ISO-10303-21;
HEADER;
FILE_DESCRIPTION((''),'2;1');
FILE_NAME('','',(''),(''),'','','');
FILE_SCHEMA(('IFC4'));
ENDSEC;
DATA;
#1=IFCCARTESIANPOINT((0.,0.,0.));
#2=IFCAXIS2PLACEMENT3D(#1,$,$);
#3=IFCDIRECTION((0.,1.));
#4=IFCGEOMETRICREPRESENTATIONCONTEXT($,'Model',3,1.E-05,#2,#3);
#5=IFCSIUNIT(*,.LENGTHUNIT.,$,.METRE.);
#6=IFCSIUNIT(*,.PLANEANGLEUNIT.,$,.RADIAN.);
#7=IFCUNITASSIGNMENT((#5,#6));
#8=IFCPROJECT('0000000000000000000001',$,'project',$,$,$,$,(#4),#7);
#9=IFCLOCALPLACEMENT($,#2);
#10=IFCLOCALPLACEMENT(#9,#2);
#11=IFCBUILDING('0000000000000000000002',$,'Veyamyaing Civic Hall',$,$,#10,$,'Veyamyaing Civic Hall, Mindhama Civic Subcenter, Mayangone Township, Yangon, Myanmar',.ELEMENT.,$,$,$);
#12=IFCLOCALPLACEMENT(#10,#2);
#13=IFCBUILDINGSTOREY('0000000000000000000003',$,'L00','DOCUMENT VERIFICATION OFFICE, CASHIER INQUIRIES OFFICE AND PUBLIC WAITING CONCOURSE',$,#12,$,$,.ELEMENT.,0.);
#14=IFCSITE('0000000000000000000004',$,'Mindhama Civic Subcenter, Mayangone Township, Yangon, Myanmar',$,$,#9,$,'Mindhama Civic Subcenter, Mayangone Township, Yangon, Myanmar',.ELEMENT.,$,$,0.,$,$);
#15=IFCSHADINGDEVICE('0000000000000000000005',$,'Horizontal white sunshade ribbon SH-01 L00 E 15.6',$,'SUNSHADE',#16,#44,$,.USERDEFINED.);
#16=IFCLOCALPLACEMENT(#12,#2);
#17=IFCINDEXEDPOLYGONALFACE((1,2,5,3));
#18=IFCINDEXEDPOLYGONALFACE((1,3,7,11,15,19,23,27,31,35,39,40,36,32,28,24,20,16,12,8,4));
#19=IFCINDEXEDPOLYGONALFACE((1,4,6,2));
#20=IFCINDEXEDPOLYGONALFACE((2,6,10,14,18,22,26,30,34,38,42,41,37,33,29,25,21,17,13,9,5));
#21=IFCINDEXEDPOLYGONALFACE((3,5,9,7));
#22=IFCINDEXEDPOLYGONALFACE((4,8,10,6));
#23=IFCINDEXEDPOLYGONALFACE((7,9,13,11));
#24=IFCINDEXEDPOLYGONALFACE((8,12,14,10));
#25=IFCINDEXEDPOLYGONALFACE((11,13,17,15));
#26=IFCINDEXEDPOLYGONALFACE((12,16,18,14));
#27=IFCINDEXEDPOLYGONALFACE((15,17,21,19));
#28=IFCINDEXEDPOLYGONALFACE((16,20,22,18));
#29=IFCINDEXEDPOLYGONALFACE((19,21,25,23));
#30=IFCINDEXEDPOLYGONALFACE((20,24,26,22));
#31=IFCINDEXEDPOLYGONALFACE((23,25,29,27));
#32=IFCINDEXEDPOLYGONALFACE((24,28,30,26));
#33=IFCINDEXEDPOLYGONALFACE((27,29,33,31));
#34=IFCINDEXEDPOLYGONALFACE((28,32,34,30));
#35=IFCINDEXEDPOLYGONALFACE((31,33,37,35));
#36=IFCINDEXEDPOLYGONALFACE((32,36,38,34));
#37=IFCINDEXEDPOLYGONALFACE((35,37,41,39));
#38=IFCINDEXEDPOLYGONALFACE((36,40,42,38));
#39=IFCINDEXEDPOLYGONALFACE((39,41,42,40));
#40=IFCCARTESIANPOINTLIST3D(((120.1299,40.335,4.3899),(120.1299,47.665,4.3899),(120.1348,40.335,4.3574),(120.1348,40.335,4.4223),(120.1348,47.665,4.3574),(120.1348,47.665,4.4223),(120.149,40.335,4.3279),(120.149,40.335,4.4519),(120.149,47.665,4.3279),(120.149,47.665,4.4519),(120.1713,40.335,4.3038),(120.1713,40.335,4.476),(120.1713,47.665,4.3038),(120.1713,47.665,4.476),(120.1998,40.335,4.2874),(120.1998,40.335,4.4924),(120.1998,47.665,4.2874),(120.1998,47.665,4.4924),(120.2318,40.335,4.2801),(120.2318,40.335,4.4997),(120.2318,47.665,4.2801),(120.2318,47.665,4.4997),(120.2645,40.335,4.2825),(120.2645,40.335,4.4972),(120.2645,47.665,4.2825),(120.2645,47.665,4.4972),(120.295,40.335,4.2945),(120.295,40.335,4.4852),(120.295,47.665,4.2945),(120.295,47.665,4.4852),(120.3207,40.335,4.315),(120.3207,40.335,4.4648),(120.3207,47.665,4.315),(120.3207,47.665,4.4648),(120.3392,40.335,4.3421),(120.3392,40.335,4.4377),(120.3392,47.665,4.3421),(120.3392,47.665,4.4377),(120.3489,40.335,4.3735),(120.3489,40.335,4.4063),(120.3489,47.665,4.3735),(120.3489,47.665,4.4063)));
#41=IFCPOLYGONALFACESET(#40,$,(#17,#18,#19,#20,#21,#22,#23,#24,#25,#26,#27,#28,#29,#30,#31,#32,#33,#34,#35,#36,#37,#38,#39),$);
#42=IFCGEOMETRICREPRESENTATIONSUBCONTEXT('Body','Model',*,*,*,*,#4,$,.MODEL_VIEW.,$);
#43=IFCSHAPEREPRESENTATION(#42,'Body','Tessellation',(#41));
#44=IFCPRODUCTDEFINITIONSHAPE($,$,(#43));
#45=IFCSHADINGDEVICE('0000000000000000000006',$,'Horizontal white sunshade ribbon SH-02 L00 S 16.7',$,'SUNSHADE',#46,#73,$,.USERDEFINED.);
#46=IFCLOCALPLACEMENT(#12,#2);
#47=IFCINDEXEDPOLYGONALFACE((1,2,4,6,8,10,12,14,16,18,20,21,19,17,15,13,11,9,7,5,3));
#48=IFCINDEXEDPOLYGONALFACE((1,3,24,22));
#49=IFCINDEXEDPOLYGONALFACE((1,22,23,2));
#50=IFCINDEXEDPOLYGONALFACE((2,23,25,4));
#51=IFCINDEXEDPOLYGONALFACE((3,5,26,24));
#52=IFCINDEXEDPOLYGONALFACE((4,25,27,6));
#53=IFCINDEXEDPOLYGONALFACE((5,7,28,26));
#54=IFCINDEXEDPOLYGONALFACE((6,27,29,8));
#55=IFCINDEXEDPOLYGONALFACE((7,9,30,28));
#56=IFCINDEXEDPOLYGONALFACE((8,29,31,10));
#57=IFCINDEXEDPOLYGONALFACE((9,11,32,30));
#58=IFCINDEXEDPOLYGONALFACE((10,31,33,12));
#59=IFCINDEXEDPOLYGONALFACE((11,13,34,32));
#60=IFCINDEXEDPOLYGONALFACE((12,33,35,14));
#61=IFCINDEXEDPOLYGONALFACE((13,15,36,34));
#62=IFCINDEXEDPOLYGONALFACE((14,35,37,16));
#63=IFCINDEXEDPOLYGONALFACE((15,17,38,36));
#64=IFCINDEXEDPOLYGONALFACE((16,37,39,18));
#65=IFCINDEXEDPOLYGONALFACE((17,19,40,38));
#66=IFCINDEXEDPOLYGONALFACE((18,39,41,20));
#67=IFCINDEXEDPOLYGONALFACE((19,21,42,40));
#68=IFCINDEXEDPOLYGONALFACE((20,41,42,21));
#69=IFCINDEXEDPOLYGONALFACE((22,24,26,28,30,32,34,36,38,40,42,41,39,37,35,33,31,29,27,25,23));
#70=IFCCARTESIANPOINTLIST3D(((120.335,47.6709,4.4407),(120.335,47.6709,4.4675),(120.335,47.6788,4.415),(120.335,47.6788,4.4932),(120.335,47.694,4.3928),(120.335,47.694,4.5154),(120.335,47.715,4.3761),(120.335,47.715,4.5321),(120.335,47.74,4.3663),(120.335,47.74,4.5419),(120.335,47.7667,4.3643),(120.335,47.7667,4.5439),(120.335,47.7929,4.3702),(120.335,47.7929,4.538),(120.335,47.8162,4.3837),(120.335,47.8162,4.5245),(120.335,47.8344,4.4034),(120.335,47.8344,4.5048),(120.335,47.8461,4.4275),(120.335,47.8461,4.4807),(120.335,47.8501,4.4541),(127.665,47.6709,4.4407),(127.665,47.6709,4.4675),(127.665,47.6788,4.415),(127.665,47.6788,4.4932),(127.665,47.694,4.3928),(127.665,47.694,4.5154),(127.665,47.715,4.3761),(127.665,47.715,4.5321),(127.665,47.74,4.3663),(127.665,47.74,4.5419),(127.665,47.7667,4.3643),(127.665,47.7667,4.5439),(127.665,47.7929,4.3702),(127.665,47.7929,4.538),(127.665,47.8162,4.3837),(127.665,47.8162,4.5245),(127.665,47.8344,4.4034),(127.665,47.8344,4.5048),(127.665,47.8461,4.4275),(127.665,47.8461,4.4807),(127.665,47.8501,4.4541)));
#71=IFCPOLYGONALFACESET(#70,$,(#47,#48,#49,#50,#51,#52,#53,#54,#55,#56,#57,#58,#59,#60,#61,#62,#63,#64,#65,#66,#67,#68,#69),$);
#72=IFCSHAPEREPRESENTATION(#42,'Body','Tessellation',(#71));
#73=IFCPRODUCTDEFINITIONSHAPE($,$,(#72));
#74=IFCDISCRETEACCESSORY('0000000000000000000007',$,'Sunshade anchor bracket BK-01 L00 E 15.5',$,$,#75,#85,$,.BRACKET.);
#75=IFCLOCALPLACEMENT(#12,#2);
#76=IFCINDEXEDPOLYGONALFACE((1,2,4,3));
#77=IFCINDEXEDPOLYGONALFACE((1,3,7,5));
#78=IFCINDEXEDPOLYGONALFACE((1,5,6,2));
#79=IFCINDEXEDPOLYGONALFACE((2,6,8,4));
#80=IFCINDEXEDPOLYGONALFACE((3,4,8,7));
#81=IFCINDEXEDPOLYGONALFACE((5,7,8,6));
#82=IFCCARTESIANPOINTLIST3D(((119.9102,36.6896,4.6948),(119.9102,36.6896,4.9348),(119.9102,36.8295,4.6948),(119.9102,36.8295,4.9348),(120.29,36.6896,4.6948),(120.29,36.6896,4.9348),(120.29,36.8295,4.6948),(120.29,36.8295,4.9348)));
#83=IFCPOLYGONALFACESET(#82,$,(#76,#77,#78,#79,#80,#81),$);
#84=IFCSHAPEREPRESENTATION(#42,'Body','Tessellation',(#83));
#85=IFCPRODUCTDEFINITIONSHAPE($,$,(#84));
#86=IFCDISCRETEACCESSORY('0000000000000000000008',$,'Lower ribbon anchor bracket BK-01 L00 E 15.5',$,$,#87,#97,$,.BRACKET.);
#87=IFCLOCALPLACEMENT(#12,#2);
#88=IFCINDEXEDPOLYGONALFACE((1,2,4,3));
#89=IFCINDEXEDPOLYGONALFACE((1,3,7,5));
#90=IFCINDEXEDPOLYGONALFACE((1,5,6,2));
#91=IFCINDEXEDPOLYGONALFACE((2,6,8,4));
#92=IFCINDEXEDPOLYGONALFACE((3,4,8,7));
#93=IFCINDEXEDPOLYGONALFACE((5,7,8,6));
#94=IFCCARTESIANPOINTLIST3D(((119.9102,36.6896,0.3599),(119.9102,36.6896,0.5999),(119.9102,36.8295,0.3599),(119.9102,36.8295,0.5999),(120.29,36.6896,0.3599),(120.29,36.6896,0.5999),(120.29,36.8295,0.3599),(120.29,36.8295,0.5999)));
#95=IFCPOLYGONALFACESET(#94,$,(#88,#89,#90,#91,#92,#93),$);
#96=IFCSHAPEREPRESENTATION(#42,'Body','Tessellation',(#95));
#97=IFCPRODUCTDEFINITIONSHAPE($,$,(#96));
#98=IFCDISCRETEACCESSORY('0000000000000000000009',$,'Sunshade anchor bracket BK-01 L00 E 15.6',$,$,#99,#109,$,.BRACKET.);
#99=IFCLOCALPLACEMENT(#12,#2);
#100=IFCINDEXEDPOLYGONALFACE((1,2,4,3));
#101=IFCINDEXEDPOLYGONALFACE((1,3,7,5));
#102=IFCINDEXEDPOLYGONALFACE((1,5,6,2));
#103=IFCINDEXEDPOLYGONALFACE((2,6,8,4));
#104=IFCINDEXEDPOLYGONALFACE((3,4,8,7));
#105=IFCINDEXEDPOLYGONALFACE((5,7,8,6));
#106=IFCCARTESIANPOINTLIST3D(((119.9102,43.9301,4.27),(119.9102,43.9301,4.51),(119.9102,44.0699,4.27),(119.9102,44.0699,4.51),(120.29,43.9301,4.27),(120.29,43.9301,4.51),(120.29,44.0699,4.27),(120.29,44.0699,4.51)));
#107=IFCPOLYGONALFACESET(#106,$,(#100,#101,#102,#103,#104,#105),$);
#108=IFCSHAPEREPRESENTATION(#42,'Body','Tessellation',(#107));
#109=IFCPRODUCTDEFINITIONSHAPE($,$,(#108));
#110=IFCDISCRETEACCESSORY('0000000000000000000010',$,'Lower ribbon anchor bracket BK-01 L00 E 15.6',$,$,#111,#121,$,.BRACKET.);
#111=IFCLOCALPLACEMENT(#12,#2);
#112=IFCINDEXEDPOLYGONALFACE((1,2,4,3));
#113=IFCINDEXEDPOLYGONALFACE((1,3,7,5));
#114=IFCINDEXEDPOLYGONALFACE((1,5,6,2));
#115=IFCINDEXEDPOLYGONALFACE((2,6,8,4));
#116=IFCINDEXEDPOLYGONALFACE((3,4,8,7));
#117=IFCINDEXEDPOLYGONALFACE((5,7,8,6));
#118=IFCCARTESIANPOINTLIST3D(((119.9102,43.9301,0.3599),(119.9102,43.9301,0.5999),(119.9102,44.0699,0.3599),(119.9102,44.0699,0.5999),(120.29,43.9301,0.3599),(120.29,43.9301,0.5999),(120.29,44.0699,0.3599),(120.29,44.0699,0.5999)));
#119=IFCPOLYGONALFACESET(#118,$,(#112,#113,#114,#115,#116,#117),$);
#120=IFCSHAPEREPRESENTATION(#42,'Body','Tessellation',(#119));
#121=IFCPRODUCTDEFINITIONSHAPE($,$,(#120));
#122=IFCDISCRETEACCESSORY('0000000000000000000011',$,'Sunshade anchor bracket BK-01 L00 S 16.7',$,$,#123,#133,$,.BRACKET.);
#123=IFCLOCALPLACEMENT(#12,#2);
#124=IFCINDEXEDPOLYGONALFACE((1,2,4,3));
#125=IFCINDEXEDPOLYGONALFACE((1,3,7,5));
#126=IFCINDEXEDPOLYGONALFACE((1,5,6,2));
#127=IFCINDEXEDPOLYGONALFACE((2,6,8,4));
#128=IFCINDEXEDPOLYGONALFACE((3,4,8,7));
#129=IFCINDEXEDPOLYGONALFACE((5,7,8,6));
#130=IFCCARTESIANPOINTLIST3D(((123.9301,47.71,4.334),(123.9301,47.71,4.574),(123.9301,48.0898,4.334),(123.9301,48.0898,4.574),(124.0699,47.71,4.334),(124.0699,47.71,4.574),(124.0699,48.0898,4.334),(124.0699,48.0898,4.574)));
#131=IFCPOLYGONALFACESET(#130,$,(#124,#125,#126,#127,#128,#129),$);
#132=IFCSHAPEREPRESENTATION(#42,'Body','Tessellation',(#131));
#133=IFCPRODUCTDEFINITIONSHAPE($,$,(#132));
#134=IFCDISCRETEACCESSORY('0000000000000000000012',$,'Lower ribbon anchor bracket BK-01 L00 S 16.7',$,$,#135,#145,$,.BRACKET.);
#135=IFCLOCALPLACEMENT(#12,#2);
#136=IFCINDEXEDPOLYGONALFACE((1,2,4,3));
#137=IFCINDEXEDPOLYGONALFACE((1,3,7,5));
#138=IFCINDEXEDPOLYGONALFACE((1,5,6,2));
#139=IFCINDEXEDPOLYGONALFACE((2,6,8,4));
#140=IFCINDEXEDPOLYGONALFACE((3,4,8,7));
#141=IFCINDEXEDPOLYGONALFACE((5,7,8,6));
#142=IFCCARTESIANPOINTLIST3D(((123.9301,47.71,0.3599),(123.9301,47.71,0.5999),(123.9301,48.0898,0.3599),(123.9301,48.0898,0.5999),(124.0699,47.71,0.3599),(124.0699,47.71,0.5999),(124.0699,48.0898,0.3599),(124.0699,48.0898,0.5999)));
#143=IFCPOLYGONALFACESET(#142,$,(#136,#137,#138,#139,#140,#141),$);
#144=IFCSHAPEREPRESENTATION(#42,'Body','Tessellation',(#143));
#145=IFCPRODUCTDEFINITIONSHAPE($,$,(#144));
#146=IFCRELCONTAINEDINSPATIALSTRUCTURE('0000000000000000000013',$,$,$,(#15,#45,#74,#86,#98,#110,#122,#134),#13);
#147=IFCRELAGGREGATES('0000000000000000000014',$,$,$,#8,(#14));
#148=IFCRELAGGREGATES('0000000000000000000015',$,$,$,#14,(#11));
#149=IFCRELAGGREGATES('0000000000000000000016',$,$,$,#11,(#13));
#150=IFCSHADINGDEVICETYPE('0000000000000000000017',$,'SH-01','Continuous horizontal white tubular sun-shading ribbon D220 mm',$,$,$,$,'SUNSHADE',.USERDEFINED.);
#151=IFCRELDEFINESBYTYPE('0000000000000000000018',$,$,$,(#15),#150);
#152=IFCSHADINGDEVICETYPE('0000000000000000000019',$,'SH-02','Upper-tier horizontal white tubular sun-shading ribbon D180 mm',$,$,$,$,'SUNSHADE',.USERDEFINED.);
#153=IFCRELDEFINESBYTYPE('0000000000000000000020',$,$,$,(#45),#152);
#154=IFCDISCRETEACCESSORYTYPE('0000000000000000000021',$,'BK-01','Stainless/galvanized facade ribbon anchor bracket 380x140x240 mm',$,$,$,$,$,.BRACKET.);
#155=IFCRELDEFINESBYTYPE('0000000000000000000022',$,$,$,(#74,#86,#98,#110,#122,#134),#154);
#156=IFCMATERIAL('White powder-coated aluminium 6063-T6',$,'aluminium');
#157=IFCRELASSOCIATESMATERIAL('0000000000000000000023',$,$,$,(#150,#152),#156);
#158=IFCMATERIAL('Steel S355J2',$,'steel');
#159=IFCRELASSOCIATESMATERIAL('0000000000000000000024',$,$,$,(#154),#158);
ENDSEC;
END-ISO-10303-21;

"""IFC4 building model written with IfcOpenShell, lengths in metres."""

from ifc_helpers import new_model, si_unit, direction, frame, origin, origin_2d, place, context, subcontext, project, spatial, rectangle, circle, extrude, material, material_profile, profile_set, type_object, element, save


model = new_model("IFC4")

# Units and contexts
model_context = context("Model", 3, precision=1e-05, world=origin(), true_north=direction((0.0, 1.0)))
body_context = subcontext(model_context, "Body", "Model", "MODEL_VIEW")
ifc_project = project(units=[si_unit("LENGTHUNIT", "METRE"), si_unit("PLANEANGLEUNIT", "RADIAN")], contexts=[model_context])

# Site, building, storey
site_placement = place(None, origin())
site = spatial("IfcSite", under=ifc_project, at=site_placement, Name="Mindhama Civic Subcenter, Mayangone Township, Yangon, Myanmar", LongName="Mindhama Civic Subcenter, Mayangone Township, Yangon, Myanmar", CompositionType="ELEMENT", RefElevation=0.0)
building_placement = place(site_placement, origin())
building = spatial("IfcBuilding", under=site, at=building_placement, Name="Veyamyaing Civic Hall", LongName="Veyamyaing Civic Hall, Mindhama Civic Subcenter, Mayangone Township, Yangon, Myanmar", CompositionType="ELEMENT")
storey_placement = place(building_placement, origin())
storey = spatial("IfcBuildingStorey", under=building, at=storey_placement, Name="L00", Description="DOCUMENT VERIFICATION OFFICE, CASHIER INQUIRIES OFFICE AND PUBLIC WAITING CONCOURSE", CompositionType="ELEMENT", Elevation=0.0)

# Shared definitions
ifc_material_1 = material(Name="White powder-coated aluminium 6063-T6", Category="aluminium")

# Shading devices
ifc_material_profile_1 = material_profile(ifc_material_1, circle(Radius=0.1101, at=origin_2d()), Name="SHADE-TUBE-220")
ifc_profile_set_1 = profile_set([ifc_material_profile_1], Name="White powder-coated aluminium 6063-T6")
shading_device_type_1 = type_object("IfcShadingDeviceType", Name="SH-01", Description="Continuous horizontal white tubular sun-shading ribbon D220 mm", ElementType="SUNSHADE", PredefinedType="USERDEFINED", material=ifc_profile_set_1)
shading_device_1_placement = place(storey_placement, frame((120.24, 40.335, 4.3899), z_axis=(0.0, 1.0, 0.0), x_axis=(-1.0, 0.0, 0.0)))
element("IfcShadingDevice", 1, at=shading_device_1_placement, inside=storey, type_object=shading_device_type_1, Name="Horizontal white sunshade ribbon SH-01 L00 E 15.6", ObjectType="SUNSHADE", PredefinedType="USERDEFINED", context=body_context, shape_type="SweptSolid", body=[
    extrude(circle(Radius=0.1101, at=origin_2d()), origin(), (0.0, 0.0, 1.0), 7.3301),
])
ifc_material_profile_2 = material_profile(ifc_material_1, circle(Radius=0.0901, at=origin_2d()), Name="SHADE-TUBE-180")
ifc_profile_set_2 = profile_set([ifc_material_profile_2], Name="White powder-coated aluminium 6063-T6")
shading_device_type_2 = type_object("IfcShadingDeviceType", Name="SH-02", Description="Upper-tier horizontal white tubular sun-shading ribbon D180 mm", ElementType="SUNSHADE", PredefinedType="USERDEFINED", material=ifc_profile_set_2)
shading_device_2_placement = place(storey_placement, frame((120.335, 47.76, 4.4541), z_axis=(1.0, 0.0, 0.0), x_axis=(0.0, 1.0, 0.0)))
element("IfcShadingDevice", 2, at=shading_device_2_placement, inside=storey, type_object=shading_device_type_2, Name="Horizontal white sunshade ribbon SH-02 L00 S 16.7", ObjectType="SUNSHADE", PredefinedType="USERDEFINED", context=body_context, shape_type="SweptSolid", body=[
    extrude(circle(Radius=0.0901, at=origin_2d()), origin(), (0.0, 0.0, 1.0), 7.3301),
])

# Discrete accessories
ifc_material_2 = material(Name="Steel S355J2", Category="steel")
discrete_accessory_type = type_object("IfcDiscreteAccessoryType", Name="BK-01", Description="Stainless/galvanized facade ribbon anchor bracket 380x140x240 mm", PredefinedType="BRACKET", material=ifc_material_2)
for number, where, z_axis, x_axis, name in (
    (3, (120.1001, 36.7595, 4.6948), (0.0, 0.0, 1.0), (1.0, 0.0, 0.0), "Sunshade anchor bracket BK-01 L00 E 15.5"),
    (4, (120.1001, 36.7595, 0.3599), (0.0, 0.0, 1.0), (1.0, 0.0, 0.0), "Lower ribbon anchor bracket BK-01 L00 E 15.5"),
    (5, (120.1001, 44.0, 4.27), (0.0, 0.0, 1.0), (1.0, 0.0, 0.0), "Sunshade anchor bracket BK-01 L00 E 15.6"),
    (6, (120.1001, 44.0, 0.3599), (0.0, 0.0, 1.0), (1.0, 0.0, 0.0), "Lower ribbon anchor bracket BK-01 L00 E 15.6"),
    (7, (124.0, 47.8999, 4.334), (0.0, 0.0, 1.0), (0.0, -1.0, 0.0), "Sunshade anchor bracket BK-01 L00 S 16.7"),
    (8, (124.0, 47.8999, 0.3599), (0.0, 0.0, 1.0), (0.0, -1.0, 0.0), "Lower ribbon anchor bracket BK-01 L00 S 16.7"),
):
    element("IfcDiscreteAccessory", number, at=place(storey_placement, frame(where, z_axis=z_axis, x_axis=x_axis)), inside=storey, type_object=discrete_accessory_type, Name=name, PredefinedType="BRACKET", context=body_context, shape_type="SweptSolid", body=[
        extrude(rectangle(XDim=0.3799, YDim=0.1399, at=origin_2d()), origin(), (0.0, 0.0, 1.0), 0.24),
    ])

save(model, "model.ifc")
